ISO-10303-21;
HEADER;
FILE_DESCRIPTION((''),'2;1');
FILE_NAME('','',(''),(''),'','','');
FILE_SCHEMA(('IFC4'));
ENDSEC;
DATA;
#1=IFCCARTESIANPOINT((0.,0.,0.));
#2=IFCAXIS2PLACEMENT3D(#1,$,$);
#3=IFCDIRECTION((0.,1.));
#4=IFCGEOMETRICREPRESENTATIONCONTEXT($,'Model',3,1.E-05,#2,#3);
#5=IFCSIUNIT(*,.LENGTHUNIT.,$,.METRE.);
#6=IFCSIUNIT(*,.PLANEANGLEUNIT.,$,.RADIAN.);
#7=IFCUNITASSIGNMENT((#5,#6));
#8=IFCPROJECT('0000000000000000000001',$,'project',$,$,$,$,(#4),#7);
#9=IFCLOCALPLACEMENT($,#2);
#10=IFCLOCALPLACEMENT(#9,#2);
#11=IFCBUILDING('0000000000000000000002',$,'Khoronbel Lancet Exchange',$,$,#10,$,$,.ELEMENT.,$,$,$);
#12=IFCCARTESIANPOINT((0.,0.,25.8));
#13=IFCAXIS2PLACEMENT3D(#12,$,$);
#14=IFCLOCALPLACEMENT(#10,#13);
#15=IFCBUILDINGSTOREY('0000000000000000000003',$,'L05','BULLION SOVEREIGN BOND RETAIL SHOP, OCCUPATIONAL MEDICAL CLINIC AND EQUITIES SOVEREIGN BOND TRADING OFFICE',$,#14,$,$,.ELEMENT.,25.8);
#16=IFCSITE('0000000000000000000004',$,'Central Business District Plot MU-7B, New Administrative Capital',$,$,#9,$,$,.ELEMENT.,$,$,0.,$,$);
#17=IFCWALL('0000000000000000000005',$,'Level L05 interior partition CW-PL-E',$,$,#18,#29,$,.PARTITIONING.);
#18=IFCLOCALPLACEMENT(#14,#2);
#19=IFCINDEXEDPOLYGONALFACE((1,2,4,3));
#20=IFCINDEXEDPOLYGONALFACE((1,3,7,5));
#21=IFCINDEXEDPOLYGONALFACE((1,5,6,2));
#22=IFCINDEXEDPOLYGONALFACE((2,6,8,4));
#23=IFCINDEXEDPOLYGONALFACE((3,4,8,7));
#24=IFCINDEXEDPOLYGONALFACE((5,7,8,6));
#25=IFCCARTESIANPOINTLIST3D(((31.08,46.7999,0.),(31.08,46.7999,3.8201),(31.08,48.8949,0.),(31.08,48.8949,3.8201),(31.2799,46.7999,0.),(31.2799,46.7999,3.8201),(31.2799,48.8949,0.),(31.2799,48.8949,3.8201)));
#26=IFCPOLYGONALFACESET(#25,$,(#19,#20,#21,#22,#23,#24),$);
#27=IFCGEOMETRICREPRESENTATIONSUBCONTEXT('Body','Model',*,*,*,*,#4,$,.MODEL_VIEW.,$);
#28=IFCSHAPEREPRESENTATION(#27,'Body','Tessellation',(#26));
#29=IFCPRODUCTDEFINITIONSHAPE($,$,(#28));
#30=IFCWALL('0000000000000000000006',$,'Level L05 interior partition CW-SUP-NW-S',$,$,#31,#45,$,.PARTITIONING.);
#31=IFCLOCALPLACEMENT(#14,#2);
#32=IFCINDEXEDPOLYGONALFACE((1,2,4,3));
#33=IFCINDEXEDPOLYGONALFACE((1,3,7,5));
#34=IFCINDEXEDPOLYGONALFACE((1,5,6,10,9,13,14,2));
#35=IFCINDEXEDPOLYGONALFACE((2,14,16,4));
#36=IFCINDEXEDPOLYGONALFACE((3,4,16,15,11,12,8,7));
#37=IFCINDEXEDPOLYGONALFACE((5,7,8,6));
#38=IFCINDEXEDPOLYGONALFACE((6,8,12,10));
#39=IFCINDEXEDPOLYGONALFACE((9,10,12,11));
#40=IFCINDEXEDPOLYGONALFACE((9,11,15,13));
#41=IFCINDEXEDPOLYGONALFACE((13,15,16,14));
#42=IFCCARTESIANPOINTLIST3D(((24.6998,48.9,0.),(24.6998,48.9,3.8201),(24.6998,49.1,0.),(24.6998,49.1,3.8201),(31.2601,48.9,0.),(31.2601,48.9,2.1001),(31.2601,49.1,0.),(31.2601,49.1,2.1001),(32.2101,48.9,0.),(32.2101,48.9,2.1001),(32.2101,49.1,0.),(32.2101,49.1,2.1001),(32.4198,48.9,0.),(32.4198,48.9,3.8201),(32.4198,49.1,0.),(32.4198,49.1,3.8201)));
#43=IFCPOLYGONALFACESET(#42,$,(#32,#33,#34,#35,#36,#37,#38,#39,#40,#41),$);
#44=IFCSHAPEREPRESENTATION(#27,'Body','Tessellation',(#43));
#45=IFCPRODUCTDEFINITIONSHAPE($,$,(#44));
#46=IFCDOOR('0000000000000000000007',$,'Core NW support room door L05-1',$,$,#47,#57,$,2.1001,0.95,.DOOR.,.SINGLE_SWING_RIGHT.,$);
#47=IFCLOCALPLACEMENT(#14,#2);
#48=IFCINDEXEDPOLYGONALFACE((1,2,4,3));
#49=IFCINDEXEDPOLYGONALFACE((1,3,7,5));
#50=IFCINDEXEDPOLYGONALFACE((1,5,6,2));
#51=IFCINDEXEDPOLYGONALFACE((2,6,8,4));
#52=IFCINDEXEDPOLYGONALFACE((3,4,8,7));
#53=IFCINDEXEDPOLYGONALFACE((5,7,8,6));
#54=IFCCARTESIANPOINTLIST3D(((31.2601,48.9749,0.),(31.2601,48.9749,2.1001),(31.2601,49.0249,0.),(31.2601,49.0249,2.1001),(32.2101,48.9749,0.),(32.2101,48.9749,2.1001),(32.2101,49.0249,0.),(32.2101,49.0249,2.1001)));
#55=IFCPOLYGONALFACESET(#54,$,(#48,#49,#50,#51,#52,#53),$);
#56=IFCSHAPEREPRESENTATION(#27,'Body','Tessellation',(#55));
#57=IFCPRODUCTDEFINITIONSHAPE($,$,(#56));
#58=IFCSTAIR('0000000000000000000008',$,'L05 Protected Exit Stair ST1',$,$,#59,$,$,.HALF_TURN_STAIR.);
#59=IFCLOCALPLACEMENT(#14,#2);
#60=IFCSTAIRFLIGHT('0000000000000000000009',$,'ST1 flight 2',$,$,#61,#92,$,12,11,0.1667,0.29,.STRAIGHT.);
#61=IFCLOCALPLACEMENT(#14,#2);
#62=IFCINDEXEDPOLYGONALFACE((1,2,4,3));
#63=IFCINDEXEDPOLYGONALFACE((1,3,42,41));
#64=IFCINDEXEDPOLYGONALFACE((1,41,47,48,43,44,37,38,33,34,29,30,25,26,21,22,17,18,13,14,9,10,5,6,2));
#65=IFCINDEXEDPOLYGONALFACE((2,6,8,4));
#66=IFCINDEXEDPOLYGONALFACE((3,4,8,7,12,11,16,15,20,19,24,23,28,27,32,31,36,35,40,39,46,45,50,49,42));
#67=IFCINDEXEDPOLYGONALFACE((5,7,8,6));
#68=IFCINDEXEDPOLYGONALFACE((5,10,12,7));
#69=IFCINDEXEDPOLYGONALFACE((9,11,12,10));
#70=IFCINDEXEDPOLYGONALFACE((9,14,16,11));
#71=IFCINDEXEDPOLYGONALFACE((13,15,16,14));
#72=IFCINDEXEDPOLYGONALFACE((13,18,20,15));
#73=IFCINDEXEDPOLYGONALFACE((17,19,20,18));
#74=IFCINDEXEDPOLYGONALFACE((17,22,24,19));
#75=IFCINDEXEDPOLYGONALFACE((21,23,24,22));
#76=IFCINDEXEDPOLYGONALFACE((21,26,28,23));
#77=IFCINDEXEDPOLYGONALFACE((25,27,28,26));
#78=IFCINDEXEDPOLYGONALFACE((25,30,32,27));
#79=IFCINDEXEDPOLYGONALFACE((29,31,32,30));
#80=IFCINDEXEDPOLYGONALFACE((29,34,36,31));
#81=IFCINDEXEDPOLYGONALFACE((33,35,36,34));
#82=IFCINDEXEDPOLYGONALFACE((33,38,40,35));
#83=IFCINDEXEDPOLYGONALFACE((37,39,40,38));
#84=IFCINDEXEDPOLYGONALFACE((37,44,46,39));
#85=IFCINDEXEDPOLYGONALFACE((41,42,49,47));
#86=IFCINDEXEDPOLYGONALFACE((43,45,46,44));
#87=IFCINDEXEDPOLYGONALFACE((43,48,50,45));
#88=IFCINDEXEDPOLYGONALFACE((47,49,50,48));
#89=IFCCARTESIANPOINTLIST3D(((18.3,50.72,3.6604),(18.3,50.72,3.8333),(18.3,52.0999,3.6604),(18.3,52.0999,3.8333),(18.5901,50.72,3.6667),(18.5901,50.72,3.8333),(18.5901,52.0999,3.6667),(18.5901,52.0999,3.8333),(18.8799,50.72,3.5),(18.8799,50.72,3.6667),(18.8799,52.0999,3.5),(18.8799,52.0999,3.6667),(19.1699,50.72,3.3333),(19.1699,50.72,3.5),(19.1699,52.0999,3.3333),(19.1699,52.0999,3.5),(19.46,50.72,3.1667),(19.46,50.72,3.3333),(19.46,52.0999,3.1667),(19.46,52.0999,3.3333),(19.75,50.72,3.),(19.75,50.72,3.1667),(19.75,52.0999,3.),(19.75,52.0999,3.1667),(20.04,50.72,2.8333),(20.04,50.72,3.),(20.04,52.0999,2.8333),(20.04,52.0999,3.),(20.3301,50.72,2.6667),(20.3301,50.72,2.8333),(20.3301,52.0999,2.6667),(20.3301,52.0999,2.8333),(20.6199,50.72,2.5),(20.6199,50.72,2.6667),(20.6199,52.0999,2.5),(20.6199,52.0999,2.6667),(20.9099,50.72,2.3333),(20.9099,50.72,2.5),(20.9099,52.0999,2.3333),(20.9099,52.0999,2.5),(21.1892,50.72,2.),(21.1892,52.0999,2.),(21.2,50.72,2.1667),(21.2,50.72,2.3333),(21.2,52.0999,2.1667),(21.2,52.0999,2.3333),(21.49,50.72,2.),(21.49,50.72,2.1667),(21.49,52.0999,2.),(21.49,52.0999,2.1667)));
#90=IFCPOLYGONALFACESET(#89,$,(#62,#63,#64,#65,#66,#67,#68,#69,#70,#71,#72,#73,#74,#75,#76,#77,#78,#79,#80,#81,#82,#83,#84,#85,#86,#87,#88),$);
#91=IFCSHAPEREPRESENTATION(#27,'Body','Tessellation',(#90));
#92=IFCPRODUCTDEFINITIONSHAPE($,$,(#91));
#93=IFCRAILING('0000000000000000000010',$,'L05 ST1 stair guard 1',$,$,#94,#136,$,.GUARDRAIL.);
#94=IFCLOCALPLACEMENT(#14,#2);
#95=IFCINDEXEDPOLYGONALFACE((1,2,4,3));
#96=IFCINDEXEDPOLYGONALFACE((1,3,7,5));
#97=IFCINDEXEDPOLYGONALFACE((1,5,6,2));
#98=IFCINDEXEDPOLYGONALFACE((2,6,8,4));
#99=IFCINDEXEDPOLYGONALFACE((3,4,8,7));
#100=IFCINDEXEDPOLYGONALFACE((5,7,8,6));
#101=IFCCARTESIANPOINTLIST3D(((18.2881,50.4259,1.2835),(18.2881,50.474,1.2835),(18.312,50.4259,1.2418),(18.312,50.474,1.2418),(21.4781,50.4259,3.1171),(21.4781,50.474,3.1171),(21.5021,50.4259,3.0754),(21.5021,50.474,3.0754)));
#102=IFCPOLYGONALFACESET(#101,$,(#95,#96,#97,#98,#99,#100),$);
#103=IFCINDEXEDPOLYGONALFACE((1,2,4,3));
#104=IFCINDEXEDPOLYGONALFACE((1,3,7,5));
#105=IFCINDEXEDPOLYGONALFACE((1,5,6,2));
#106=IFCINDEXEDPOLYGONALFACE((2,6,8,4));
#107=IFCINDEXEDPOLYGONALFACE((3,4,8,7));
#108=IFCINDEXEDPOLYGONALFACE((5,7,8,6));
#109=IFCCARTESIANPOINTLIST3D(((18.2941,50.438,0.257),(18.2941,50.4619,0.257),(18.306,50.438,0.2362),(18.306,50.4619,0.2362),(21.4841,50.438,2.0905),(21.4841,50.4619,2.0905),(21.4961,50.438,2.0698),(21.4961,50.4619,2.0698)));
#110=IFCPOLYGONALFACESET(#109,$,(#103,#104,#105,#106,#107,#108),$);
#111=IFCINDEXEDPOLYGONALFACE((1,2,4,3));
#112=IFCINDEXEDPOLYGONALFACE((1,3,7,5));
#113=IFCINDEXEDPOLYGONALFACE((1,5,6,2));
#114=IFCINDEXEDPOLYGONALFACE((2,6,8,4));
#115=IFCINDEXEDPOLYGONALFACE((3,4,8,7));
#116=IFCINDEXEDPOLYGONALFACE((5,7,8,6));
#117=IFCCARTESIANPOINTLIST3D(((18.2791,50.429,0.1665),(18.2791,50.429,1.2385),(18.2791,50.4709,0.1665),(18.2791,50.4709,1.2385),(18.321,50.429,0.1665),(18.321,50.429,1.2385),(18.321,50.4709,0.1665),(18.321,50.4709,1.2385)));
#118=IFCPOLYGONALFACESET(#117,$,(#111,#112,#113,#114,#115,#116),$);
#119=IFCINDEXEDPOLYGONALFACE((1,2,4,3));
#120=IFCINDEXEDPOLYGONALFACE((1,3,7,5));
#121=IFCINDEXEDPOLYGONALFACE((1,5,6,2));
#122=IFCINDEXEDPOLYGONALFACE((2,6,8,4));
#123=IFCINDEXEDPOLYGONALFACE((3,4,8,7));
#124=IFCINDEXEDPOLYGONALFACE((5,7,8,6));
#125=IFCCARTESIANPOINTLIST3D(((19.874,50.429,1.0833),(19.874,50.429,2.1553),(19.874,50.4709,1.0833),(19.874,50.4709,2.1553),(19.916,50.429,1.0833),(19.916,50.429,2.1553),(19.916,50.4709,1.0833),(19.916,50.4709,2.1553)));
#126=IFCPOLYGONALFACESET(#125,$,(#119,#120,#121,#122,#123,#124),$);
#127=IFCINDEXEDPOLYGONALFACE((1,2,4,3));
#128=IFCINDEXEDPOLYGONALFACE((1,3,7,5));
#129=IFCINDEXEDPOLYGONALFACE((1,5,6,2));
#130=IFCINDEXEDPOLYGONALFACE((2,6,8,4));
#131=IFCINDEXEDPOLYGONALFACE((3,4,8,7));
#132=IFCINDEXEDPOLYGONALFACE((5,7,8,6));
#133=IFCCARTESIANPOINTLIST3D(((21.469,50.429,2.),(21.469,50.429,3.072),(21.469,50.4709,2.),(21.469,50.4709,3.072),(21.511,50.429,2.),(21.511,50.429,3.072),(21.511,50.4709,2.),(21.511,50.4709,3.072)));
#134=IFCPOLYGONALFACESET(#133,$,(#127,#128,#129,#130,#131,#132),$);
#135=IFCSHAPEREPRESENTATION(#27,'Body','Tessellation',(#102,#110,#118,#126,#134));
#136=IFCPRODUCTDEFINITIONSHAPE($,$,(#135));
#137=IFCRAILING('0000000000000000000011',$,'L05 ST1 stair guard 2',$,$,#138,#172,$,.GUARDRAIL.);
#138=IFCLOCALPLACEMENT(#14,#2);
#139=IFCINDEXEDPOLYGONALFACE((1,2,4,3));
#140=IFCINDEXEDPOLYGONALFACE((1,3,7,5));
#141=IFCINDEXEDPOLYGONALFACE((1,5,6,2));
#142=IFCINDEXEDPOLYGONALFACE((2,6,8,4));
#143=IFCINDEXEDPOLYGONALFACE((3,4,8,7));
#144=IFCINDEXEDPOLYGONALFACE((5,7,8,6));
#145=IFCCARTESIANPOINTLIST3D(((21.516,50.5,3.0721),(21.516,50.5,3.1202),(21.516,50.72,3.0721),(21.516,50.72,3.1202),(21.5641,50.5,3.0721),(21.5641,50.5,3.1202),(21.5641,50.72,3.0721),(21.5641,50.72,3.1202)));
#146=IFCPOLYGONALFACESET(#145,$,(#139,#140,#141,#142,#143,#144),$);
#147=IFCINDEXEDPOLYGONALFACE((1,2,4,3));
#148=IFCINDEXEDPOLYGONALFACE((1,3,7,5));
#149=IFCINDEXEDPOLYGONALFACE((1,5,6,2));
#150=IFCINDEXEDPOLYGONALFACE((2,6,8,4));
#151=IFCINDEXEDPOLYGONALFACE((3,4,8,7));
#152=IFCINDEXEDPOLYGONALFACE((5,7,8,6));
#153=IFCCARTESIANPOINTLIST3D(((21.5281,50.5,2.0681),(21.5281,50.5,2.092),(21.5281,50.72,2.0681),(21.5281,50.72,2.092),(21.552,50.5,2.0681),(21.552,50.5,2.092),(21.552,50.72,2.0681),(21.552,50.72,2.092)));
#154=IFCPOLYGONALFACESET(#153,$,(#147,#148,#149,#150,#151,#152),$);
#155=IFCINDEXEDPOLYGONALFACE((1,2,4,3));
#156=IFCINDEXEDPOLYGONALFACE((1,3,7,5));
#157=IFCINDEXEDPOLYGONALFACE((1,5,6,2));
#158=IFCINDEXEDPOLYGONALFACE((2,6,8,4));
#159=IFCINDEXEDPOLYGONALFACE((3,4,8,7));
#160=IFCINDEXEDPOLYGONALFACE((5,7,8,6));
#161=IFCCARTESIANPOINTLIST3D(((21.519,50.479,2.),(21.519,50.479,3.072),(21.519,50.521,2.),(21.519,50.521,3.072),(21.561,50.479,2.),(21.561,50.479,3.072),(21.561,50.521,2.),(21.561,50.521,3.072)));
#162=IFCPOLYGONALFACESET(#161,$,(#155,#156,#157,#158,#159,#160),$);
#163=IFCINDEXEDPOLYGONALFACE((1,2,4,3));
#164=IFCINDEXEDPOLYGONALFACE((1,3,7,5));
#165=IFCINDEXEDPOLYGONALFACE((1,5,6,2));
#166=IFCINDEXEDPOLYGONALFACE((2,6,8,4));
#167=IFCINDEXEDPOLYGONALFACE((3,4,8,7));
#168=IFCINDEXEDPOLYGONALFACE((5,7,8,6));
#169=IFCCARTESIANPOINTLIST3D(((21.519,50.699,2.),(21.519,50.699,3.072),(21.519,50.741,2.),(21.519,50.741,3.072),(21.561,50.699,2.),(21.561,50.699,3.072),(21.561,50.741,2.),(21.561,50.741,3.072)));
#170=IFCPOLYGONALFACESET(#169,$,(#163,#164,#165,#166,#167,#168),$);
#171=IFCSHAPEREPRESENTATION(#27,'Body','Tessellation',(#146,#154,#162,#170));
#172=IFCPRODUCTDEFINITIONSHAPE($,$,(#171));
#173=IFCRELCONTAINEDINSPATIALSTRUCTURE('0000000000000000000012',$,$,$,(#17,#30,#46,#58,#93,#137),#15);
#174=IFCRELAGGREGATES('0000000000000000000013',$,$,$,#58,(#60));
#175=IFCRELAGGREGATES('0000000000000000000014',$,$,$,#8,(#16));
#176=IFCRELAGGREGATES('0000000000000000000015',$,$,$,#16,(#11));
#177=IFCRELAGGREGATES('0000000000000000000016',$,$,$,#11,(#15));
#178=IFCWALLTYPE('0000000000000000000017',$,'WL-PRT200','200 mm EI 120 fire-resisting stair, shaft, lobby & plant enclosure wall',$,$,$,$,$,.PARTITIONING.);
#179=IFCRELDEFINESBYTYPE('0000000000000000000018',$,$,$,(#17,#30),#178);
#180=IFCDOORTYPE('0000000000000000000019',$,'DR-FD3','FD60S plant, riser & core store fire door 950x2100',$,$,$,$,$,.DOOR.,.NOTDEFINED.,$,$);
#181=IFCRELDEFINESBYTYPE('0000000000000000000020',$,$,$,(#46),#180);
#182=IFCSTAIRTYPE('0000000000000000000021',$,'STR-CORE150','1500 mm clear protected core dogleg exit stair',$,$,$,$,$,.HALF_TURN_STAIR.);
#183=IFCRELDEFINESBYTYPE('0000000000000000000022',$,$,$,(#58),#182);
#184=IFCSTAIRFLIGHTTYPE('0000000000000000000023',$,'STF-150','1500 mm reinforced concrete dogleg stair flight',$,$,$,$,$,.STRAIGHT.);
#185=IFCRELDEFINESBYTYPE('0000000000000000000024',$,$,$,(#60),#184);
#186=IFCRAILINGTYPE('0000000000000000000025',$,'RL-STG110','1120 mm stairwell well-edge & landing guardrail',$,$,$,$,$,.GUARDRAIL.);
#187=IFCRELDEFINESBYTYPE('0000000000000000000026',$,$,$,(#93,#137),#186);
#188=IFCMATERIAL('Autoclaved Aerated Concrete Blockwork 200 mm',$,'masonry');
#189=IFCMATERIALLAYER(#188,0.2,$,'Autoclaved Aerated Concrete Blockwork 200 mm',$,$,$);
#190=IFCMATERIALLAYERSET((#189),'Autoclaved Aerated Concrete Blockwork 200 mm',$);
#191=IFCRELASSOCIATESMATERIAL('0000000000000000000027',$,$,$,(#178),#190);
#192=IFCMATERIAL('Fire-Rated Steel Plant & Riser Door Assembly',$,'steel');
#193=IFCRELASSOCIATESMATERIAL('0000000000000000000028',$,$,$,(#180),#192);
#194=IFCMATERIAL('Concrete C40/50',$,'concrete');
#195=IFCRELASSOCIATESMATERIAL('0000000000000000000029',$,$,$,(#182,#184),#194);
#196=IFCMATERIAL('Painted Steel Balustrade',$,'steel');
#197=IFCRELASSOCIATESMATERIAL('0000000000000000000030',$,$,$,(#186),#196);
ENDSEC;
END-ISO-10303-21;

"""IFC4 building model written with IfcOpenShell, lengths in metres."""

from ifc_helpers import new_model, si_unit, direction, frame, frame_2d, origin, origin_2d, place, context, subcontext, project, spatial, polyline, rectangle, outline, extrude, material, layer, layer_set, type_object, element, fill, aggregate, save


model = new_model("IFC4")

# Units and contexts
model_context = context("Model", 3, precision=1e-05, world=origin(), true_north=direction((0.0, 1.0)))
body_context = subcontext(model_context, "Body", "Model", "MODEL_VIEW")
ifc_project = project(units=[si_unit("LENGTHUNIT", "METRE"), si_unit("PLANEANGLEUNIT", "RADIAN")], contexts=[model_context])

# Site, building, storey
site_placement = place(None, origin())
site = spatial("IfcSite", under=ifc_project, at=site_placement, Name="Central Business District Plot MU-7B, New Administrative Capital", CompositionType="ELEMENT", RefElevation=0.0)
building_placement = place(site_placement, origin())
building = spatial("IfcBuilding", under=site, at=building_placement, Name="Khoronbel Lancet Exchange", CompositionType="ELEMENT")
storey_placement = place(building_placement, frame((0.0, 0.0, 25.8)))
storey = spatial("IfcBuildingStorey", under=building, at=storey_placement, Name="L05", Description="BULLION SOVEREIGN BOND RETAIL SHOP, OCCUPATIONAL MEDICAL CLINIC AND EQUITIES SOVEREIGN BOND TRADING OFFICE", CompositionType="ELEMENT", Elevation=25.8)

# Shared definitions
ifc_material_1 = material(Name="Autoclaved Aerated Concrete Blockwork 200 mm", Category="masonry")
ifc_layer_1 = layer(ifc_material_1, 0.2, Name="Autoclaved Aerated Concrete Blockwork 200 mm")
ifc_layer_set_1 = layer_set([ifc_layer_1], Name="Autoclaved Aerated Concrete Blockwork 200 mm")
wall_type_1 = type_object("IfcWallType", Name="WL-PRT200", Description="200 mm EI 120 fire-resisting stair, shaft, lobby & plant enclosure wall", PredefinedType="PARTITIONING", material=ifc_layer_set_1)

# Wall
for number, where, z_axis, x_axis, name in (
    (1, (31.1799, 46.8, 0.0), (0.0, 0.0, 1.0), (0.0, 1.0, 0.0), "Level L05 interior partition CW-PL-E"),
):
    element("IfcWall", number, at=place(storey_placement, frame(where, z_axis=z_axis, x_axis=x_axis)), inside=storey, type_object=wall_type_1, Name=name, PredefinedType="PARTITIONING", context=body_context, shape_type="SweptSolid", body=[
        extrude(rectangle(XDim=2.095, YDim=0.2, at=frame_2d((1.0474, 0.0))), origin(), (0.0, 0.0, 1.0), 3.8201),
    ])

# Wall, opening, door
wall_1_placement = place(storey_placement, frame((24.7, 49.0, 0.0), z_axis=(0.0, 0.0, 1.0), x_axis=(1.0, 0.0, 0.0)))
wall_1 = element("IfcWall", 2, at=wall_1_placement, inside=storey, type_object=wall_type_1, Name="Level L05 interior partition CW-SUP-NW-S", PredefinedType="PARTITIONING", context=body_context, shape_type="SweptSolid", body=[
    extrude(rectangle(XDim=7.72, YDim=0.2, at=frame_2d((3.8599, 0.0))), origin(), (0.0, 0.0, 1.0), 3.8201),
])
opening_1_placement = place(wall_1_placement, frame((6.5601, 0.0, 0.0)))
opening_1 = element("IfcOpeningElement", 3, at=opening_1_placement, cuts=wall_1, PredefinedType="OPENING", context=body_context, shape_type="SweptSolid", body=[
    extrude(rectangle(XDim=0.95, YDim=2.1001, at=frame_2d((0.4751, 1.05))), frame((0.0, 0.1099, 0.0), z_axis=(0.0, -1.0, 0.0), x_axis=(1.0, 0.0, 0.0)), (0.0, 0.0, 1.0), 0.22),
])
ifc_material_2 = material(Name="Fire-Rated Steel Plant & Riser Door Assembly", Category="steel")
door_type_1 = type_object("IfcDoorType", Name="DR-FD3", Description="FD60S plant, riser & core store fire door 950x2100", OperationType="NOTDEFINED", PredefinedType="DOOR", material=ifc_material_2)
door_1_placement = place(opening_1_placement, origin())
door_1 = element("IfcDoor", 4, at=door_1_placement, inside=storey, type_object=door_type_1, Name="Core NW support room door L05-1", OperationType="SINGLE_SWING_RIGHT", OverallHeight=2.1001, OverallWidth=0.95, PredefinedType="DOOR", context=body_context, shape_type="SweptSolid", body=[
    extrude(rectangle(XDim=0.95, YDim=2.1001, at=frame_2d((0.4751, 1.05))), frame((0.0, 0.0249, 0.0), z_axis=(0.0, -1.0, 0.0), x_axis=(1.0, 0.0, 0.0)), (0.0, 0.0, 1.0), 0.05),
])
fill(opening_1, door_1)

# Stair, stair flight
ifc_material_3 = material(Name="Concrete C40/50", Category="concrete")
stair_type = type_object("IfcStairType", Name="STR-CORE150", Description="1500 mm clear protected core dogleg exit stair", PredefinedType="HALF_TURN_STAIR", material=ifc_material_3)
stair_placement = place(storey_placement, origin())
stair = element("IfcStair", 5, at=stair_placement, inside=storey, type_object=stair_type, Name="L05 Protected Exit Stair ST1", PredefinedType="HALF_TURN_STAIR")
stair_flight_type = type_object("IfcStairFlightType", Name="STF-150", Description="1500 mm reinforced concrete dogleg stair flight", PredefinedType="STRAIGHT", material=ifc_material_3)
stair_flight_placement = place(storey_placement, frame((21.49, 51.4099, 2.0), z_axis=(0.0, 0.0, 1.0), x_axis=(-1.0, 0.0, 0.0)))
stair_flight = element("IfcStairFlight", 6, at=stair_flight_placement, type_object=stair_flight_type, Name="ST1 flight 2", NumberOfRisers=12, NumberOfTreads=11, PredefinedType="STRAIGHT", RiserHeight=0.1667, TreadLength=0.29, context=body_context, shape_type="SweptSolid", body=[
    extrude(outline(polyline([(0.0, 0.0), (0.0, 0.1667), (0.29, 0.1667), (0.29, 0.3333), (0.5801, 0.3333), (0.5801, 0.5), (0.8701, 0.5), (0.8701, 0.6667), (1.1599, 0.6667), (1.1599, 0.8333), (1.45, 0.8333), (1.45, 1.0), (1.74, 1.0), (1.74, 1.1667), (2.03, 1.1667), (2.03, 1.3333), (2.3201, 1.3333), (2.3201, 1.5), (2.6101, 1.5), (2.6101, 1.6667), (2.8999, 1.6667), (2.8999, 1.8333), (3.1899, 1.8333), (3.1899, 2.0), (3.1899, 1.6604), (0.3008, 0.0), (0.0, 0.0)])), frame((0.0, 0.6899, 0.0), z_axis=(0.0, -1.0, 0.0), x_axis=(1.0, 0.0, 0.0)), (0.0, 0.0, 1.0), 1.3799),
])
aggregate(stair, [stair_flight])

# Railings
ifc_material_4 = material(Name="Painted Steel Balustrade", Category="steel")
railing_type_1 = type_object("IfcRailingType", Name="RL-STG110", Description="1120 mm stairwell well-edge & landing guardrail", PredefinedType="GUARDRAIL", material=ifc_material_4)
railing_1_placement = place(storey_placement, frame((18.3, 50.45, 0.1665)))
element("IfcRailing", 7, at=railing_1_placement, inside=storey, type_object=railing_type_1, Name="L05 ST1 stair guard 1", PredefinedType="GUARDRAIL", context=body_context, shape_type="SweptSolid", body=[
    extrude(rectangle(XDim=0.0481, YDim=0.0481, at=origin_2d()), frame((0.0, 0.0, 1.0962), z_axis=(0.866991, 0.0, 0.498324), x_axis=(0.0, 1.0, 0.0)), (0.0, 0.0, 1.0), 3.6794),
    extrude(rectangle(XDim=0.0239, YDim=0.0239, at=origin_2d()), frame((0.0, 0.0, 0.0801), z_axis=(0.866991, 0.0, 0.498324), x_axis=(0.0, 1.0, 0.0)), (0.0, 0.0, 1.0), 3.6794),
    extrude(rectangle(XDim=0.042, YDim=0.042, at=origin_2d()), origin(), (0.0, 0.0, 1.0), 1.072),
    extrude(rectangle(XDim=0.042, YDim=0.042, at=origin_2d()), frame((1.595, 0.0, 0.9167)), (0.0, 0.0, 1.0), 1.072),
    extrude(rectangle(XDim=0.042, YDim=0.042, at=origin_2d()), frame((3.1899, 0.0, 1.8335)), (0.0, 0.0, 1.0), 1.072),
])
railing_2_placement = place(storey_placement, frame((21.54, 50.5, 2.0)))
element("IfcRailing", 8, at=railing_2_placement, inside=storey, type_object=railing_type_1, Name="L05 ST1 stair guard 2", PredefinedType="GUARDRAIL", context=body_context, shape_type="SweptSolid", body=[
    extrude(rectangle(XDim=0.0481, YDim=0.0481, at=origin_2d()), frame((0.0, 0.0, 1.0962), z_axis=(0.0, 1.0, 0.0), x_axis=(-1.0, 0.0, 0.0)), (0.0, 0.0, 1.0), 0.22),
    extrude(rectangle(XDim=0.0239, YDim=0.0239, at=origin_2d()), frame((0.0, 0.0, 0.0801), z_axis=(0.0, 1.0, 0.0), x_axis=(-1.0, 0.0, 0.0)), (0.0, 0.0, 1.0), 0.22),
    extrude(rectangle(XDim=0.042, YDim=0.042, at=origin_2d()), origin(), (0.0, 0.0, 1.0), 1.072),
    extrude(rectangle(XDim=0.042, YDim=0.042, at=origin_2d()), frame((0.0, 0.22, 0.0)), (0.0, 0.0, 1.0), 1.072),
])

save(model, "model.ifc")
